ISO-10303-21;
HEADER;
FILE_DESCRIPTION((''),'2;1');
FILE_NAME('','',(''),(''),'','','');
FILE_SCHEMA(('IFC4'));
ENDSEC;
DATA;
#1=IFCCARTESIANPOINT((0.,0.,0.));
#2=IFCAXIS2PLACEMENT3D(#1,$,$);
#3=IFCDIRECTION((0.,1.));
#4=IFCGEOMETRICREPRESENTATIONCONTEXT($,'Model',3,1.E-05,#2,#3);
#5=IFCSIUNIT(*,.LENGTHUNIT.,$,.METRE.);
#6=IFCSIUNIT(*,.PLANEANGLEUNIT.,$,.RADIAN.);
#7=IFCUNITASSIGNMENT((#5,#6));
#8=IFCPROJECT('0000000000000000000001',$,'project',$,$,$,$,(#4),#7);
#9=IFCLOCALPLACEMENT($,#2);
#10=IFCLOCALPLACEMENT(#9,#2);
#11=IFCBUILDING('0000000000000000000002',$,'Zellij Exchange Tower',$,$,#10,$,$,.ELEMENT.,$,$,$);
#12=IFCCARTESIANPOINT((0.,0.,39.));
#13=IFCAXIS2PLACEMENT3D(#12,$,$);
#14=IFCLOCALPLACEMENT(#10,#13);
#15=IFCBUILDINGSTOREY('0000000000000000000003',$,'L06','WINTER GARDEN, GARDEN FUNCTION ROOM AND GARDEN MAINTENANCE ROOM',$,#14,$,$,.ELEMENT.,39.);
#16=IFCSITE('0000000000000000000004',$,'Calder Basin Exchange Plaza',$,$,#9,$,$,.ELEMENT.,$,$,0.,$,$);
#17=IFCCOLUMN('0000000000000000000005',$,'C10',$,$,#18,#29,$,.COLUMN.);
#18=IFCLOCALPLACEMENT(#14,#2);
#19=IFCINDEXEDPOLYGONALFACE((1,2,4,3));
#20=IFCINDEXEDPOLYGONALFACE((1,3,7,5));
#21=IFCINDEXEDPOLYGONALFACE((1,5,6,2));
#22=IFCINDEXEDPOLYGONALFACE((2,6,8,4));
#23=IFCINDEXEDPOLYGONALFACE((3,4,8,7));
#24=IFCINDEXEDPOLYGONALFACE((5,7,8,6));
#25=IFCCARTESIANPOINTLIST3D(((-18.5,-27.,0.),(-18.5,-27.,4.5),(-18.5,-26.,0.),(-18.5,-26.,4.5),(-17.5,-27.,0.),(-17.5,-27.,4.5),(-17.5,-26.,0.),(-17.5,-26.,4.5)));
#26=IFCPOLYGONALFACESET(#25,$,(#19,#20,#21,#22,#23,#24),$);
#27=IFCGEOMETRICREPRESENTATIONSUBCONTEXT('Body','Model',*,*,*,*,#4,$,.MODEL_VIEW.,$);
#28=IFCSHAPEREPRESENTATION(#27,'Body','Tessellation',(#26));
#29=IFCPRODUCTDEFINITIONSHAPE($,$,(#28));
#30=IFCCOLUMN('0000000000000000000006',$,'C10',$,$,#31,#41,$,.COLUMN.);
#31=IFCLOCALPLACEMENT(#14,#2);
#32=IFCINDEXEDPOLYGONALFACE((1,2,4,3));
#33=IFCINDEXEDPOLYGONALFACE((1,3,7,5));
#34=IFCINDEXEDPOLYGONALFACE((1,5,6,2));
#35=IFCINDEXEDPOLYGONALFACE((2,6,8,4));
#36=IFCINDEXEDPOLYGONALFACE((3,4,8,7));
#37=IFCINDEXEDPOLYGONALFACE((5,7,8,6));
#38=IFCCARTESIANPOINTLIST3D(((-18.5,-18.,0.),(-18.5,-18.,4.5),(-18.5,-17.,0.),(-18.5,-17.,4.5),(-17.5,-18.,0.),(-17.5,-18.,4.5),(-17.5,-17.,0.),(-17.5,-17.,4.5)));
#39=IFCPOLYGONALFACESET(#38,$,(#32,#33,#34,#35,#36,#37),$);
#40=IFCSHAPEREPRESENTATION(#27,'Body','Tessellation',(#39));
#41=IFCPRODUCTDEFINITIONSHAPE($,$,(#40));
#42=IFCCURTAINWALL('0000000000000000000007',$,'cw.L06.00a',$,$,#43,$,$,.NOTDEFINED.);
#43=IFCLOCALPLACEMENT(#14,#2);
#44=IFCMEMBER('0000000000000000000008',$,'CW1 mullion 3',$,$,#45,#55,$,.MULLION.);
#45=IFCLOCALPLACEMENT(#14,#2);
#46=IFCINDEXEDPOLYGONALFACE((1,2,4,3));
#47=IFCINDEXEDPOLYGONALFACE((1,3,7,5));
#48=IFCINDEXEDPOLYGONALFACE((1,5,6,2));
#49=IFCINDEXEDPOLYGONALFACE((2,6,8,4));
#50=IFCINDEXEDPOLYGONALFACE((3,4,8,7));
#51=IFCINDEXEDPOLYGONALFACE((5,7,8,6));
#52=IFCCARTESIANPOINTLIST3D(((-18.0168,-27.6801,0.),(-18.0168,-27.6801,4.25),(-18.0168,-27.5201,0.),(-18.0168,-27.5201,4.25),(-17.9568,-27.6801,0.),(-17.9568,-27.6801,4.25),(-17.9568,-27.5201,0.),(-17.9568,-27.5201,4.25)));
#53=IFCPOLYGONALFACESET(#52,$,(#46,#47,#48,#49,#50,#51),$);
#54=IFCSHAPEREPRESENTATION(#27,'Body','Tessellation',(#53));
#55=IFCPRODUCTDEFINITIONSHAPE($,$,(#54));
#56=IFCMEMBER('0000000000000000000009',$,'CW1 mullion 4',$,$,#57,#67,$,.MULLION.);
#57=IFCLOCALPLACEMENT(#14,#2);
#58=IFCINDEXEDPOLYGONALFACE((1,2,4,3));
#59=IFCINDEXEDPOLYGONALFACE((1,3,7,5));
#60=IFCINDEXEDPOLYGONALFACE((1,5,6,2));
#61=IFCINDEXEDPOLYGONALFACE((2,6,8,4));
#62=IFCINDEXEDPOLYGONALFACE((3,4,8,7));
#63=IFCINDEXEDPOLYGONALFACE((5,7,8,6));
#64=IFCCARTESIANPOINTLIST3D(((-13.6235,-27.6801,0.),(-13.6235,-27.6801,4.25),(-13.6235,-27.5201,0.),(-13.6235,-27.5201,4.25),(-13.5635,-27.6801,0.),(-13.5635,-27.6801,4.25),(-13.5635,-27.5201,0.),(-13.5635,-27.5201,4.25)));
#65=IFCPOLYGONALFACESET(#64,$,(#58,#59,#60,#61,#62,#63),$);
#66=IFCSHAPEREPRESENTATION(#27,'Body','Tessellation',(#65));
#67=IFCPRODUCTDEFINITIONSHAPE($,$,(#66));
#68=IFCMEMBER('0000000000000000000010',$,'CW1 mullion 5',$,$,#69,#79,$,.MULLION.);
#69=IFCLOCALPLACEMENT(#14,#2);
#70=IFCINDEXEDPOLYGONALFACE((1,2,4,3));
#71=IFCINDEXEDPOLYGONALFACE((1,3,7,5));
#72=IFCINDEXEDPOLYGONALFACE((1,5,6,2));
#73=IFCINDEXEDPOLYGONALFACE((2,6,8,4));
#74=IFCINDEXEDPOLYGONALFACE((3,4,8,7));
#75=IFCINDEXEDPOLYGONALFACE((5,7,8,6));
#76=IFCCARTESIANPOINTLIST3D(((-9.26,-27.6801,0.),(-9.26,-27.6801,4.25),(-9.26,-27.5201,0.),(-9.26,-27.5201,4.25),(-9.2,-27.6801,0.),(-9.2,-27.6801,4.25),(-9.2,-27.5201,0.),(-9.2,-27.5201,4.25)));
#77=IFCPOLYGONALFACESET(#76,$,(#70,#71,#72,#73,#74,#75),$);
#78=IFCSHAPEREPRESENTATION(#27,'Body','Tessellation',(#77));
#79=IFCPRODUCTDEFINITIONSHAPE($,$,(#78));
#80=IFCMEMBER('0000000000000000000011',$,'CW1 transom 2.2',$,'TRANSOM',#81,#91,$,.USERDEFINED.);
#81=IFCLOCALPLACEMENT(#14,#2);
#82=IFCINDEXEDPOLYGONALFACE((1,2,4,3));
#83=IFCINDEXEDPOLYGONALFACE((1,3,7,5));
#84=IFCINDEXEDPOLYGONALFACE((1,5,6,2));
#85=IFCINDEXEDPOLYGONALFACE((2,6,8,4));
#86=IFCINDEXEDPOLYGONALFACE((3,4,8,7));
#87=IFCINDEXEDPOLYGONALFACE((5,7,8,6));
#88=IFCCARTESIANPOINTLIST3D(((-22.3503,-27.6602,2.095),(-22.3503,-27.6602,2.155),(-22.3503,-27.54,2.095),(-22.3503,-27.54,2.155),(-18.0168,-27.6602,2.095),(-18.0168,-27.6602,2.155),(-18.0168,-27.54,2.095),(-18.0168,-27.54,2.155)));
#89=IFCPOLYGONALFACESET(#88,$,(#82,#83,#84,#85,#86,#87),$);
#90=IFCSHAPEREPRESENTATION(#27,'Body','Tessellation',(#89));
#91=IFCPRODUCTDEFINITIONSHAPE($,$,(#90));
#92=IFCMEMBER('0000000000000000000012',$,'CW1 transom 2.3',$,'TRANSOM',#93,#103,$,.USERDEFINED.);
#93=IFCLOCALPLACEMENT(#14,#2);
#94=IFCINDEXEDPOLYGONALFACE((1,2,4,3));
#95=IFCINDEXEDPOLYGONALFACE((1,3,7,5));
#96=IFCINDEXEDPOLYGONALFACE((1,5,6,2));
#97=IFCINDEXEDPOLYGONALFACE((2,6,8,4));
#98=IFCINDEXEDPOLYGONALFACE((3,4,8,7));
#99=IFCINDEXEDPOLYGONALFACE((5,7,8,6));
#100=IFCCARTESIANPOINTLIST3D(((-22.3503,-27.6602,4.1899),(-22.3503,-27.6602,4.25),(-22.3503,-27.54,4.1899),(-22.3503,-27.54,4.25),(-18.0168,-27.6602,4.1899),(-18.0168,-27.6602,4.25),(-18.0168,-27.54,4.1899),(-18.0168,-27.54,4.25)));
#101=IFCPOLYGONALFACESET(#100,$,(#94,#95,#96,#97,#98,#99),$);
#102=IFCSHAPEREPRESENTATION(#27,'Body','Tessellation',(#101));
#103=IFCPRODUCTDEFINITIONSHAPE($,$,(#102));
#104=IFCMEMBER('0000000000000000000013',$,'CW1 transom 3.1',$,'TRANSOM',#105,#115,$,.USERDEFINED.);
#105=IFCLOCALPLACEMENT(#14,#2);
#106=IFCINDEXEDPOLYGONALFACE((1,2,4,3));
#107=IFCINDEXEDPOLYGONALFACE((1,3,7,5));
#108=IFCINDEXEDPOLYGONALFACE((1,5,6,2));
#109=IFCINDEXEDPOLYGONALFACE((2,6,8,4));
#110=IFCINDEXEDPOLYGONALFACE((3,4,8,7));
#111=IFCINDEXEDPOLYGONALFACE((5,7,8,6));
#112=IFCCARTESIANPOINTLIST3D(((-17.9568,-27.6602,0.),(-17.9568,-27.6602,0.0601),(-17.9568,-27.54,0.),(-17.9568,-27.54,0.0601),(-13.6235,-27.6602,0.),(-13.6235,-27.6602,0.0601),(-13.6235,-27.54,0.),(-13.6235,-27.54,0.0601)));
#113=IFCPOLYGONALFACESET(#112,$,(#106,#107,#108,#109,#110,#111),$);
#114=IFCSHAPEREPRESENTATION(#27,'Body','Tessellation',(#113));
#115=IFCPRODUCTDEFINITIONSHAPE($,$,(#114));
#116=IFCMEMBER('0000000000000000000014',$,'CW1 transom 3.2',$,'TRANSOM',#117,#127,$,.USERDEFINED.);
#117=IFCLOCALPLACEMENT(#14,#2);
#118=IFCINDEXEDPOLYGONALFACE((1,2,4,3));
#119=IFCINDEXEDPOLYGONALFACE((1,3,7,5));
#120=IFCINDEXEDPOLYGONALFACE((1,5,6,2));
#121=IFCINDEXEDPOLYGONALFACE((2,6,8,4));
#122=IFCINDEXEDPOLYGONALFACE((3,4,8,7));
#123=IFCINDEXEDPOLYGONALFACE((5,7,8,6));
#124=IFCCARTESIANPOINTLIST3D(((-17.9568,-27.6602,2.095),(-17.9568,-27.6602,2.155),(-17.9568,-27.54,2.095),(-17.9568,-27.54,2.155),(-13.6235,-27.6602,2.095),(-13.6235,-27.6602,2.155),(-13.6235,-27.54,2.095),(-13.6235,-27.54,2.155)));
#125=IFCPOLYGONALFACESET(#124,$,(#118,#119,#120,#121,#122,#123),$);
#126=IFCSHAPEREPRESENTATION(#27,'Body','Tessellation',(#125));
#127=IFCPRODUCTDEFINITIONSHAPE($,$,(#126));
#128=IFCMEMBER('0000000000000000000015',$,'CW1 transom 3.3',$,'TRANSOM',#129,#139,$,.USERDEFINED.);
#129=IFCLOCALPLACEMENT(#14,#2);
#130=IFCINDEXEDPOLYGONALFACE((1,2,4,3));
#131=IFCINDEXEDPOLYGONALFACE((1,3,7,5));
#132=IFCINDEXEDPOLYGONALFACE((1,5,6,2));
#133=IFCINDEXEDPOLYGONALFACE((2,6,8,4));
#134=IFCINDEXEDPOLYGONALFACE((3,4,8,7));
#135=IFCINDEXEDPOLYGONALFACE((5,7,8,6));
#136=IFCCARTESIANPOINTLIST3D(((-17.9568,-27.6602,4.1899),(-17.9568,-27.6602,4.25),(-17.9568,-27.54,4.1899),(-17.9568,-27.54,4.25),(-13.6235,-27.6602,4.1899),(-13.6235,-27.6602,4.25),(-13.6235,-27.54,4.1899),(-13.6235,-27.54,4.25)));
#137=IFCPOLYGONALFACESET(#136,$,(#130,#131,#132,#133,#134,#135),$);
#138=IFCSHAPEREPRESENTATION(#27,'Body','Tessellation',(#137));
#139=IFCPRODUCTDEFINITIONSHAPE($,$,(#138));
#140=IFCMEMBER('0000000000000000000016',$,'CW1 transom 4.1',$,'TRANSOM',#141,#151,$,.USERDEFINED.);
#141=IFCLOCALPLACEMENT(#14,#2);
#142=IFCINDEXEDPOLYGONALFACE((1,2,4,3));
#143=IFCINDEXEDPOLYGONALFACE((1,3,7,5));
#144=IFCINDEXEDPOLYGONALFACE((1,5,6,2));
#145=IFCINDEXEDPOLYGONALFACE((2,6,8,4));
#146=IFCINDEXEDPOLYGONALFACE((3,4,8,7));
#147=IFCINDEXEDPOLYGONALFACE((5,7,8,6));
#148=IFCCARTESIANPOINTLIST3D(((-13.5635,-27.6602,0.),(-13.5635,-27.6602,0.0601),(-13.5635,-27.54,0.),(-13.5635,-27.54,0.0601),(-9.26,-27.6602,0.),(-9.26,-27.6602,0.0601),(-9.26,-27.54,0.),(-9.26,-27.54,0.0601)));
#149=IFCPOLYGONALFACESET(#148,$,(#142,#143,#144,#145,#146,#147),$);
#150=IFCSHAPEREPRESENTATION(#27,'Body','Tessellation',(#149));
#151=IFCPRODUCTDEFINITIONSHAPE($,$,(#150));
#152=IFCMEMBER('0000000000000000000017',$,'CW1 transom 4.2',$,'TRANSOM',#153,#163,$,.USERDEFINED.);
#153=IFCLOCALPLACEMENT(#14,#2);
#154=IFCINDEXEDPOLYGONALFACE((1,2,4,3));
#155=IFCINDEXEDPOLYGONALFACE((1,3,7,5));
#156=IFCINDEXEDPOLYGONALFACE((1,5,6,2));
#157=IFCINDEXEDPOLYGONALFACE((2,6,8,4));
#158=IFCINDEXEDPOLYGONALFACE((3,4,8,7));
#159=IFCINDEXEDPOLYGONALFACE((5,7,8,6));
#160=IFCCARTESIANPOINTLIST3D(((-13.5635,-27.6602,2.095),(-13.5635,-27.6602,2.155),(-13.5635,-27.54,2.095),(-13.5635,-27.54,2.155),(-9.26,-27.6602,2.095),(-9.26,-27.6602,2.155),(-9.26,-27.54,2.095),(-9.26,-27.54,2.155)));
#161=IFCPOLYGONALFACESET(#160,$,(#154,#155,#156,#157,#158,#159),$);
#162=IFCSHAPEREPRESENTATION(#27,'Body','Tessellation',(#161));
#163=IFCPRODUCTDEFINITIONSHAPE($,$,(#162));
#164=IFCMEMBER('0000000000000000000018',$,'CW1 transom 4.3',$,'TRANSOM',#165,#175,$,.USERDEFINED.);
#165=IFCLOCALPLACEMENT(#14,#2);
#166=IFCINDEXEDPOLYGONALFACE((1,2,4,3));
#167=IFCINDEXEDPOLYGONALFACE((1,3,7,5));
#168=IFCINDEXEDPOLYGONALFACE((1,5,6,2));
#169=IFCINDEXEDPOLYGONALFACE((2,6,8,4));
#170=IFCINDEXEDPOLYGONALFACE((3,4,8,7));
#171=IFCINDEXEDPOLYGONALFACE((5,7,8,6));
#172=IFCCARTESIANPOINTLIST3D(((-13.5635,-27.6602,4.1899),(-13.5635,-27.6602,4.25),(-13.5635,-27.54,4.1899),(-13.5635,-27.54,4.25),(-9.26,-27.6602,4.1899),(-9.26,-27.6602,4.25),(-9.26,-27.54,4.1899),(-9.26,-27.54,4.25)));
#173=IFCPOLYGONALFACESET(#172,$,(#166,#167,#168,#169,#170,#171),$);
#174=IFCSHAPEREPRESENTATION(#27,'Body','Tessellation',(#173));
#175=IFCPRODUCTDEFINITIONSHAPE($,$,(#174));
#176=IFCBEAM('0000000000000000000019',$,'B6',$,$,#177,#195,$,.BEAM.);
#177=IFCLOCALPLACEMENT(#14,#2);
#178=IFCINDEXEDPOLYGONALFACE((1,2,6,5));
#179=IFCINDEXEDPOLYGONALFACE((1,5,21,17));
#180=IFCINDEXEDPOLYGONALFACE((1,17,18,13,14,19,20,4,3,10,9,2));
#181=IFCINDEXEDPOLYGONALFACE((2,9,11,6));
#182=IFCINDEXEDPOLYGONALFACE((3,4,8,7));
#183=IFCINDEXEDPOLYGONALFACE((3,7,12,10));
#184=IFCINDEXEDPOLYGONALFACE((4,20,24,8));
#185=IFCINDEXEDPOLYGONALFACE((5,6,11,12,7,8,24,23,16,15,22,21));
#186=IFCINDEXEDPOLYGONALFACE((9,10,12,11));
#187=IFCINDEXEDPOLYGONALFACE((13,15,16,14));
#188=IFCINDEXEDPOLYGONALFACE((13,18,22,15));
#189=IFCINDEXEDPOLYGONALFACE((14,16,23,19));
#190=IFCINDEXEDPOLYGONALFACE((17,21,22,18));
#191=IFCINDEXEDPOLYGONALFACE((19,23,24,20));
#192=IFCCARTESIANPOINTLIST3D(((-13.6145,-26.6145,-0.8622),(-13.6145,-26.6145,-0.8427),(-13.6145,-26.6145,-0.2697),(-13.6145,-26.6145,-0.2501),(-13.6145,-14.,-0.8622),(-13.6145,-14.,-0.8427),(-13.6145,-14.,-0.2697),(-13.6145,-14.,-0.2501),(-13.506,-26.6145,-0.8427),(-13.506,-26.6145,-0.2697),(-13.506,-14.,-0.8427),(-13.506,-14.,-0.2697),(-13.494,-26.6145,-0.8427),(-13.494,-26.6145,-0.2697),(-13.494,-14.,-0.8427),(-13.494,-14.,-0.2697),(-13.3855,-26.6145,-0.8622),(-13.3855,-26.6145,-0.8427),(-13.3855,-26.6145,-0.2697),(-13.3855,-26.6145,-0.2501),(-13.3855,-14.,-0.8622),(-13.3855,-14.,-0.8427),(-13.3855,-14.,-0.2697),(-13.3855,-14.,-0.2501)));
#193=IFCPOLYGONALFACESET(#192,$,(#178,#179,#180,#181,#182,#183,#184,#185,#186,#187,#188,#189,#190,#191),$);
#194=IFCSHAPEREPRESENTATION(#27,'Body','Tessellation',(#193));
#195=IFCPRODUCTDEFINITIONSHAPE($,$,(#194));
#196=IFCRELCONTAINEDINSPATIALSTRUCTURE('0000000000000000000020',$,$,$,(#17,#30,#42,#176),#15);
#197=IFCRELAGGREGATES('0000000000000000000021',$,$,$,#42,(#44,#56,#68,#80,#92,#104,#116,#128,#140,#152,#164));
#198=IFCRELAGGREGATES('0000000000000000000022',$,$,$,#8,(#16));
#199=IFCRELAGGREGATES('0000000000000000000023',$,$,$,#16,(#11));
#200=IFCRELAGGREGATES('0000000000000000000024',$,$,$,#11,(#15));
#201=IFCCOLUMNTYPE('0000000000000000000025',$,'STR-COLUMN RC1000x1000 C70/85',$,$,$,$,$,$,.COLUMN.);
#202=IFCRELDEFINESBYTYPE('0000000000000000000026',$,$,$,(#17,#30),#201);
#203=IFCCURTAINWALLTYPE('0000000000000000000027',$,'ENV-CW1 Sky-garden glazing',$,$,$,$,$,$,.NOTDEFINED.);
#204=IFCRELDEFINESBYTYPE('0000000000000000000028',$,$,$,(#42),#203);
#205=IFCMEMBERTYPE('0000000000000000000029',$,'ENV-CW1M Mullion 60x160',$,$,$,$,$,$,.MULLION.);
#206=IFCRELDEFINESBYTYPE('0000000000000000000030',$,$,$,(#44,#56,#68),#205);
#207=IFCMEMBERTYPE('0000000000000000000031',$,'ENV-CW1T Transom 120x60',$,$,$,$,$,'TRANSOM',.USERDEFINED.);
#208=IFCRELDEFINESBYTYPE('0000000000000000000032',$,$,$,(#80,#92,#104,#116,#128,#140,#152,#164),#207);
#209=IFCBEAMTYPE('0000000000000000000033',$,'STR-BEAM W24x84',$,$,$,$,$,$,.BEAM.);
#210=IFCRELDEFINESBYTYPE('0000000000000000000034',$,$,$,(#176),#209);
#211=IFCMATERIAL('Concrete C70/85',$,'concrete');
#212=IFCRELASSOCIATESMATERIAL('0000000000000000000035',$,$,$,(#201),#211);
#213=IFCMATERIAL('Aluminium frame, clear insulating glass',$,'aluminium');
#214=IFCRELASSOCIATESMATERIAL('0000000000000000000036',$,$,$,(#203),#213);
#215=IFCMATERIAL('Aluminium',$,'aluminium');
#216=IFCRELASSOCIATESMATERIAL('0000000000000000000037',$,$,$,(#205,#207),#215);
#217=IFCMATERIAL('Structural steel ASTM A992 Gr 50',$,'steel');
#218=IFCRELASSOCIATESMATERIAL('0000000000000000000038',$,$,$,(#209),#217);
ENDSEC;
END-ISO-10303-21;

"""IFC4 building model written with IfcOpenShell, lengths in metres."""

from ifc_helpers import new_model, si_unit, direction, frame, origin, origin_2d, place, context, subcontext, project, spatial, rectangle, i_section, extrude, material, material_profile, profile_set, type_object, element, aggregate, save


model = new_model("IFC4")

# Units and contexts
model_context = context("Model", 3, precision=1e-05, world=origin(), true_north=direction((0.0, 1.0)))
body_context = subcontext(model_context, "Body", "Model", "MODEL_VIEW")
ifc_project = project(units=[si_unit("LENGTHUNIT", "METRE"), si_unit("PLANEANGLEUNIT", "RADIAN")], contexts=[model_context])

# Site, building, storey
site_placement = place(None, origin())
site = spatial("IfcSite", under=ifc_project, at=site_placement, Name="Calder Basin Exchange Plaza", CompositionType="ELEMENT", RefElevation=0.0)
building_placement = place(site_placement, origin())
building = spatial("IfcBuilding", under=site, at=building_placement, Name="Zellij Exchange Tower", CompositionType="ELEMENT")
storey_placement = place(building_placement, frame((0.0, 0.0, 39.0)))
storey = spatial("IfcBuildingStorey", under=building, at=storey_placement, Name="L06", Description="WINTER GARDEN, GARDEN FUNCTION ROOM AND GARDEN MAINTENANCE ROOM", CompositionType="ELEMENT", Elevation=39.0)

# Columns
ifc_material_1 = material(Name="Concrete C70/85", Category="concrete")
ifc_material_profile_1 = material_profile(ifc_material_1, rectangle(XDim=1.0, YDim=1.0, at=origin_2d()), Name="STR-COLUMN RC1000x1000 C70/85")
ifc_profile_set_1 = profile_set([ifc_material_profile_1], Name="Concrete C70/85")
column_type = type_object("IfcColumnType", Name="STR-COLUMN RC1000x1000 C70/85", PredefinedType="COLUMN", material=ifc_profile_set_1)
for number, where, z_axis, x_axis, name in (
    (1, (-18.0, -26.5, 0.0), (0.0, 0.0, 1.0), (1.0, 0.0, 0.0), "C10"),
    (2, (-18.0, -17.5, 0.0), (0.0, 0.0, 1.0), (1.0, 0.0, 0.0), "C10"),
):
    element("IfcColumn", number, at=place(storey_placement, frame(where, z_axis=z_axis, x_axis=x_axis)), inside=storey, type_object=column_type, Name=name, PredefinedType="COLUMN", context=body_context, shape_type="SweptSolid", body=[
        extrude(rectangle(XDim=1.0, YDim=1.0, at=origin_2d()), origin(), (0.0, 0.0, 1.0), 4.5),
    ])

# Curtain wall, members
ifc_material_2 = material(Name="Aluminium frame, clear insulating glass", Category="aluminium")
curtain_wall_type = type_object("IfcCurtainWallType", Name="ENV-CW1 Sky-garden glazing", PredefinedType="NOTDEFINED", material=ifc_material_2)
curtain_wall_placement = place(storey_placement, origin())
curtain_wall = element("IfcCurtainWall", 3, at=curtain_wall_placement, inside=storey, type_object=curtain_wall_type, Name="cw.L06.00a", PredefinedType="NOTDEFINED")
ifc_material_3 = material(Name="Aluminium", Category="aluminium")
ifc_material_profile_2 = material_profile(ifc_material_3, rectangle(XDim=0.0601, YDim=0.1599, at=origin_2d()), Name="AL 60x160")
ifc_profile_set_2 = profile_set([ifc_material_profile_2], Name="Aluminium")
member_type_1 = type_object("IfcMemberType", Name="ENV-CW1M Mullion 60x160", PredefinedType="MULLION", material=ifc_profile_set_2)
member_1_placement = place(storey_placement, frame((-17.9868, -27.6001, 0.0), z_axis=(0.0, 0.0, 1.0), x_axis=(1.0, 0.0, 0.0)))
member_1 = element("IfcMember", 4, at=member_1_placement, type_object=member_type_1, Name="CW1 mullion 3", PredefinedType="MULLION", context=body_context, shape_type="SweptSolid", body=[
    extrude(rectangle(XDim=0.0601, YDim=0.1599, at=origin_2d()), origin(), (0.0, 0.0, 1.0), 4.25),
])
member_2_placement = place(storey_placement, frame((-13.5935, -27.6001, 0.0), z_axis=(0.0, 0.0, 1.0), x_axis=(1.0, 0.0, 0.0)))
member_2 = element("IfcMember", 5, at=member_2_placement, type_object=member_type_1, Name="CW1 mullion 4", PredefinedType="MULLION", context=body_context, shape_type="SweptSolid", body=[
    extrude(rectangle(XDim=0.0601, YDim=0.1599, at=origin_2d()), origin(), (0.0, 0.0, 1.0), 4.25),
])
member_3_placement = place(storey_placement, frame((-9.23, -27.6001, 0.0), z_axis=(0.0, 0.0, 1.0), x_axis=(1.0, 0.0, 0.0)))
member_3 = element("IfcMember", 6, at=member_3_placement, type_object=member_type_1, Name="CW1 mullion 5", PredefinedType="MULLION", context=body_context, shape_type="SweptSolid", body=[
    extrude(rectangle(XDim=0.0601, YDim=0.1599, at=origin_2d()), origin(), (0.0, 0.0, 1.0), 4.25),
])
ifc_material_profile_3 = material_profile(ifc_material_3, rectangle(XDim=0.1201, YDim=0.0601, at=origin_2d()), Name="AL 120x60")
ifc_profile_set_3 = profile_set([ifc_material_profile_3], Name="Aluminium")
member_type_2 = type_object("IfcMemberType", Name="ENV-CW1T Transom 120x60", ElementType="TRANSOM", PredefinedType="USERDEFINED", material=ifc_profile_set_3)
member_4_placement = place(storey_placement, frame((-22.3503, -27.6001, 2.125), z_axis=(1.0, 0.0, 0.0), x_axis=(0.0, 1.0, 0.0)))
member_4 = element("IfcMember", 7, at=member_4_placement, type_object=member_type_2, Name="CW1 transom 2.2", ObjectType="TRANSOM", PredefinedType="USERDEFINED", context=body_context, shape_type="SweptSolid", body=[
    extrude(rectangle(XDim=0.1201, YDim=0.0601, at=origin_2d()), origin(), (0.0, 0.0, 1.0), 4.3335),
])
member_5_placement = place(storey_placement, frame((-22.3503, -27.6001, 4.22), z_axis=(1.0, 0.0, 0.0), x_axis=(0.0, 1.0, 0.0)))
member_5 = element("IfcMember", 8, at=member_5_placement, type_object=member_type_2, Name="CW1 transom 2.3", ObjectType="TRANSOM", PredefinedType="USERDEFINED", context=body_context, shape_type="SweptSolid", body=[
    extrude(rectangle(XDim=0.1201, YDim=0.0601, at=origin_2d()), origin(), (0.0, 0.0, 1.0), 4.3335),
])
member_6_placement = place(storey_placement, frame((-17.9568, -27.6001, 0.03), z_axis=(1.0, 0.0, 0.0), x_axis=(0.0, 1.0, 0.0)))
member_6 = element("IfcMember", 9, at=member_6_placement, type_object=member_type_2, Name="CW1 transom 3.1", ObjectType="TRANSOM", PredefinedType="USERDEFINED", context=body_context, shape_type="SweptSolid", body=[
    extrude(rectangle(XDim=0.1201, YDim=0.0601, at=origin_2d()), origin(), (0.0, 0.0, 1.0), 4.3333),
])
member_7_placement = place(storey_placement, frame((-17.9568, -27.6001, 2.125), z_axis=(1.0, 0.0, 0.0), x_axis=(0.0, 1.0, 0.0)))
member_7 = element("IfcMember", 10, at=member_7_placement, type_object=member_type_2, Name="CW1 transom 3.2", ObjectType="TRANSOM", PredefinedType="USERDEFINED", context=body_context, shape_type="SweptSolid", body=[
    extrude(rectangle(XDim=0.1201, YDim=0.0601, at=origin_2d()), origin(), (0.0, 0.0, 1.0), 4.3333),
])
member_8_placement = place(storey_placement, frame((-17.9568, -27.6001, 4.22), z_axis=(1.0, 0.0, 0.0), x_axis=(0.0, 1.0, 0.0)))
member_8 = element("IfcMember", 11, at=member_8_placement, type_object=member_type_2, Name="CW1 transom 3.3", ObjectType="TRANSOM", PredefinedType="USERDEFINED", context=body_context, shape_type="SweptSolid", body=[
    extrude(rectangle(XDim=0.1201, YDim=0.0601, at=origin_2d()), origin(), (0.0, 0.0, 1.0), 4.3333),
])
member_9_placement = place(storey_placement, frame((-13.5635, -27.6001, 0.03), z_axis=(1.0, 0.0, 0.0), x_axis=(0.0, 1.0, 0.0)))
member_9 = element("IfcMember", 12, at=member_9_placement, type_object=member_type_2, Name="CW1 transom 4.1", ObjectType="TRANSOM", PredefinedType="USERDEFINED", context=body_context, shape_type="SweptSolid", body=[
    extrude(rectangle(XDim=0.1201, YDim=0.0601, at=origin_2d()), origin(), (0.0, 0.0, 1.0), 4.3035),
])
member_10_placement = place(storey_placement, frame((-13.5635, -27.6001, 2.125), z_axis=(1.0, 0.0, 0.0), x_axis=(0.0, 1.0, 0.0)))
member_10 = element("IfcMember", 13, at=member_10_placement, type_object=member_type_2, Name="CW1 transom 4.2", ObjectType="TRANSOM", PredefinedType="USERDEFINED", context=body_context, shape_type="SweptSolid", body=[
    extrude(rectangle(XDim=0.1201, YDim=0.0601, at=origin_2d()), origin(), (0.0, 0.0, 1.0), 4.3035),
])
member_11_placement = place(storey_placement, frame((-13.5635, -27.6001, 4.22), z_axis=(1.0, 0.0, 0.0), x_axis=(0.0, 1.0, 0.0)))
member_11 = element("IfcMember", 14, at=member_11_placement, type_object=member_type_2, Name="CW1 transom 4.3", ObjectType="TRANSOM", PredefinedType="USERDEFINED", context=body_context, shape_type="SweptSolid", body=[
    extrude(rectangle(XDim=0.1201, YDim=0.0601, at=origin_2d()), origin(), (0.0, 0.0, 1.0), 4.3035),
])

# Beam
ifc_material_4 = material(Name="Structural steel ASTM A992 Gr 50", Category="steel")
ifc_material_profile_4 = material_profile(ifc_material_4, i_section(OverallWidth=0.229, OverallDepth=0.6121, WebThickness=0.012, FlangeThickness=0.0195, at=origin_2d()), Name="W24x84")
ifc_profile_set_4 = profile_set([ifc_material_profile_4], Name="Structural steel ASTM A992 Gr 50")
beam_type_1 = type_object("IfcBeamType", Name="STR-BEAM W24x84", PredefinedType="BEAM", material=ifc_profile_set_4)
beam_1_placement = place(storey_placement, frame((-13.5, -26.6145, -0.5562), z_axis=(0.0, 1.0, 0.0), x_axis=(-1.0, 0.0, 0.0)))
element("IfcBeam", 15, at=beam_1_placement, inside=storey, type_object=beam_type_1, Name="B6", PredefinedType="BEAM", context=body_context, shape_type="SweptSolid", body=[
    extrude(i_section(OverallWidth=0.229, OverallDepth=0.6121, WebThickness=0.012, FlangeThickness=0.0195, at=origin_2d()), origin(), (0.0, 0.0, 1.0), 12.6145),
])

aggregate(curtain_wall, [member_1, member_2, member_3, member_4, member_5, member_6, member_7, member_8, member_9, member_10, member_11])

save(model, "model.ifc")
